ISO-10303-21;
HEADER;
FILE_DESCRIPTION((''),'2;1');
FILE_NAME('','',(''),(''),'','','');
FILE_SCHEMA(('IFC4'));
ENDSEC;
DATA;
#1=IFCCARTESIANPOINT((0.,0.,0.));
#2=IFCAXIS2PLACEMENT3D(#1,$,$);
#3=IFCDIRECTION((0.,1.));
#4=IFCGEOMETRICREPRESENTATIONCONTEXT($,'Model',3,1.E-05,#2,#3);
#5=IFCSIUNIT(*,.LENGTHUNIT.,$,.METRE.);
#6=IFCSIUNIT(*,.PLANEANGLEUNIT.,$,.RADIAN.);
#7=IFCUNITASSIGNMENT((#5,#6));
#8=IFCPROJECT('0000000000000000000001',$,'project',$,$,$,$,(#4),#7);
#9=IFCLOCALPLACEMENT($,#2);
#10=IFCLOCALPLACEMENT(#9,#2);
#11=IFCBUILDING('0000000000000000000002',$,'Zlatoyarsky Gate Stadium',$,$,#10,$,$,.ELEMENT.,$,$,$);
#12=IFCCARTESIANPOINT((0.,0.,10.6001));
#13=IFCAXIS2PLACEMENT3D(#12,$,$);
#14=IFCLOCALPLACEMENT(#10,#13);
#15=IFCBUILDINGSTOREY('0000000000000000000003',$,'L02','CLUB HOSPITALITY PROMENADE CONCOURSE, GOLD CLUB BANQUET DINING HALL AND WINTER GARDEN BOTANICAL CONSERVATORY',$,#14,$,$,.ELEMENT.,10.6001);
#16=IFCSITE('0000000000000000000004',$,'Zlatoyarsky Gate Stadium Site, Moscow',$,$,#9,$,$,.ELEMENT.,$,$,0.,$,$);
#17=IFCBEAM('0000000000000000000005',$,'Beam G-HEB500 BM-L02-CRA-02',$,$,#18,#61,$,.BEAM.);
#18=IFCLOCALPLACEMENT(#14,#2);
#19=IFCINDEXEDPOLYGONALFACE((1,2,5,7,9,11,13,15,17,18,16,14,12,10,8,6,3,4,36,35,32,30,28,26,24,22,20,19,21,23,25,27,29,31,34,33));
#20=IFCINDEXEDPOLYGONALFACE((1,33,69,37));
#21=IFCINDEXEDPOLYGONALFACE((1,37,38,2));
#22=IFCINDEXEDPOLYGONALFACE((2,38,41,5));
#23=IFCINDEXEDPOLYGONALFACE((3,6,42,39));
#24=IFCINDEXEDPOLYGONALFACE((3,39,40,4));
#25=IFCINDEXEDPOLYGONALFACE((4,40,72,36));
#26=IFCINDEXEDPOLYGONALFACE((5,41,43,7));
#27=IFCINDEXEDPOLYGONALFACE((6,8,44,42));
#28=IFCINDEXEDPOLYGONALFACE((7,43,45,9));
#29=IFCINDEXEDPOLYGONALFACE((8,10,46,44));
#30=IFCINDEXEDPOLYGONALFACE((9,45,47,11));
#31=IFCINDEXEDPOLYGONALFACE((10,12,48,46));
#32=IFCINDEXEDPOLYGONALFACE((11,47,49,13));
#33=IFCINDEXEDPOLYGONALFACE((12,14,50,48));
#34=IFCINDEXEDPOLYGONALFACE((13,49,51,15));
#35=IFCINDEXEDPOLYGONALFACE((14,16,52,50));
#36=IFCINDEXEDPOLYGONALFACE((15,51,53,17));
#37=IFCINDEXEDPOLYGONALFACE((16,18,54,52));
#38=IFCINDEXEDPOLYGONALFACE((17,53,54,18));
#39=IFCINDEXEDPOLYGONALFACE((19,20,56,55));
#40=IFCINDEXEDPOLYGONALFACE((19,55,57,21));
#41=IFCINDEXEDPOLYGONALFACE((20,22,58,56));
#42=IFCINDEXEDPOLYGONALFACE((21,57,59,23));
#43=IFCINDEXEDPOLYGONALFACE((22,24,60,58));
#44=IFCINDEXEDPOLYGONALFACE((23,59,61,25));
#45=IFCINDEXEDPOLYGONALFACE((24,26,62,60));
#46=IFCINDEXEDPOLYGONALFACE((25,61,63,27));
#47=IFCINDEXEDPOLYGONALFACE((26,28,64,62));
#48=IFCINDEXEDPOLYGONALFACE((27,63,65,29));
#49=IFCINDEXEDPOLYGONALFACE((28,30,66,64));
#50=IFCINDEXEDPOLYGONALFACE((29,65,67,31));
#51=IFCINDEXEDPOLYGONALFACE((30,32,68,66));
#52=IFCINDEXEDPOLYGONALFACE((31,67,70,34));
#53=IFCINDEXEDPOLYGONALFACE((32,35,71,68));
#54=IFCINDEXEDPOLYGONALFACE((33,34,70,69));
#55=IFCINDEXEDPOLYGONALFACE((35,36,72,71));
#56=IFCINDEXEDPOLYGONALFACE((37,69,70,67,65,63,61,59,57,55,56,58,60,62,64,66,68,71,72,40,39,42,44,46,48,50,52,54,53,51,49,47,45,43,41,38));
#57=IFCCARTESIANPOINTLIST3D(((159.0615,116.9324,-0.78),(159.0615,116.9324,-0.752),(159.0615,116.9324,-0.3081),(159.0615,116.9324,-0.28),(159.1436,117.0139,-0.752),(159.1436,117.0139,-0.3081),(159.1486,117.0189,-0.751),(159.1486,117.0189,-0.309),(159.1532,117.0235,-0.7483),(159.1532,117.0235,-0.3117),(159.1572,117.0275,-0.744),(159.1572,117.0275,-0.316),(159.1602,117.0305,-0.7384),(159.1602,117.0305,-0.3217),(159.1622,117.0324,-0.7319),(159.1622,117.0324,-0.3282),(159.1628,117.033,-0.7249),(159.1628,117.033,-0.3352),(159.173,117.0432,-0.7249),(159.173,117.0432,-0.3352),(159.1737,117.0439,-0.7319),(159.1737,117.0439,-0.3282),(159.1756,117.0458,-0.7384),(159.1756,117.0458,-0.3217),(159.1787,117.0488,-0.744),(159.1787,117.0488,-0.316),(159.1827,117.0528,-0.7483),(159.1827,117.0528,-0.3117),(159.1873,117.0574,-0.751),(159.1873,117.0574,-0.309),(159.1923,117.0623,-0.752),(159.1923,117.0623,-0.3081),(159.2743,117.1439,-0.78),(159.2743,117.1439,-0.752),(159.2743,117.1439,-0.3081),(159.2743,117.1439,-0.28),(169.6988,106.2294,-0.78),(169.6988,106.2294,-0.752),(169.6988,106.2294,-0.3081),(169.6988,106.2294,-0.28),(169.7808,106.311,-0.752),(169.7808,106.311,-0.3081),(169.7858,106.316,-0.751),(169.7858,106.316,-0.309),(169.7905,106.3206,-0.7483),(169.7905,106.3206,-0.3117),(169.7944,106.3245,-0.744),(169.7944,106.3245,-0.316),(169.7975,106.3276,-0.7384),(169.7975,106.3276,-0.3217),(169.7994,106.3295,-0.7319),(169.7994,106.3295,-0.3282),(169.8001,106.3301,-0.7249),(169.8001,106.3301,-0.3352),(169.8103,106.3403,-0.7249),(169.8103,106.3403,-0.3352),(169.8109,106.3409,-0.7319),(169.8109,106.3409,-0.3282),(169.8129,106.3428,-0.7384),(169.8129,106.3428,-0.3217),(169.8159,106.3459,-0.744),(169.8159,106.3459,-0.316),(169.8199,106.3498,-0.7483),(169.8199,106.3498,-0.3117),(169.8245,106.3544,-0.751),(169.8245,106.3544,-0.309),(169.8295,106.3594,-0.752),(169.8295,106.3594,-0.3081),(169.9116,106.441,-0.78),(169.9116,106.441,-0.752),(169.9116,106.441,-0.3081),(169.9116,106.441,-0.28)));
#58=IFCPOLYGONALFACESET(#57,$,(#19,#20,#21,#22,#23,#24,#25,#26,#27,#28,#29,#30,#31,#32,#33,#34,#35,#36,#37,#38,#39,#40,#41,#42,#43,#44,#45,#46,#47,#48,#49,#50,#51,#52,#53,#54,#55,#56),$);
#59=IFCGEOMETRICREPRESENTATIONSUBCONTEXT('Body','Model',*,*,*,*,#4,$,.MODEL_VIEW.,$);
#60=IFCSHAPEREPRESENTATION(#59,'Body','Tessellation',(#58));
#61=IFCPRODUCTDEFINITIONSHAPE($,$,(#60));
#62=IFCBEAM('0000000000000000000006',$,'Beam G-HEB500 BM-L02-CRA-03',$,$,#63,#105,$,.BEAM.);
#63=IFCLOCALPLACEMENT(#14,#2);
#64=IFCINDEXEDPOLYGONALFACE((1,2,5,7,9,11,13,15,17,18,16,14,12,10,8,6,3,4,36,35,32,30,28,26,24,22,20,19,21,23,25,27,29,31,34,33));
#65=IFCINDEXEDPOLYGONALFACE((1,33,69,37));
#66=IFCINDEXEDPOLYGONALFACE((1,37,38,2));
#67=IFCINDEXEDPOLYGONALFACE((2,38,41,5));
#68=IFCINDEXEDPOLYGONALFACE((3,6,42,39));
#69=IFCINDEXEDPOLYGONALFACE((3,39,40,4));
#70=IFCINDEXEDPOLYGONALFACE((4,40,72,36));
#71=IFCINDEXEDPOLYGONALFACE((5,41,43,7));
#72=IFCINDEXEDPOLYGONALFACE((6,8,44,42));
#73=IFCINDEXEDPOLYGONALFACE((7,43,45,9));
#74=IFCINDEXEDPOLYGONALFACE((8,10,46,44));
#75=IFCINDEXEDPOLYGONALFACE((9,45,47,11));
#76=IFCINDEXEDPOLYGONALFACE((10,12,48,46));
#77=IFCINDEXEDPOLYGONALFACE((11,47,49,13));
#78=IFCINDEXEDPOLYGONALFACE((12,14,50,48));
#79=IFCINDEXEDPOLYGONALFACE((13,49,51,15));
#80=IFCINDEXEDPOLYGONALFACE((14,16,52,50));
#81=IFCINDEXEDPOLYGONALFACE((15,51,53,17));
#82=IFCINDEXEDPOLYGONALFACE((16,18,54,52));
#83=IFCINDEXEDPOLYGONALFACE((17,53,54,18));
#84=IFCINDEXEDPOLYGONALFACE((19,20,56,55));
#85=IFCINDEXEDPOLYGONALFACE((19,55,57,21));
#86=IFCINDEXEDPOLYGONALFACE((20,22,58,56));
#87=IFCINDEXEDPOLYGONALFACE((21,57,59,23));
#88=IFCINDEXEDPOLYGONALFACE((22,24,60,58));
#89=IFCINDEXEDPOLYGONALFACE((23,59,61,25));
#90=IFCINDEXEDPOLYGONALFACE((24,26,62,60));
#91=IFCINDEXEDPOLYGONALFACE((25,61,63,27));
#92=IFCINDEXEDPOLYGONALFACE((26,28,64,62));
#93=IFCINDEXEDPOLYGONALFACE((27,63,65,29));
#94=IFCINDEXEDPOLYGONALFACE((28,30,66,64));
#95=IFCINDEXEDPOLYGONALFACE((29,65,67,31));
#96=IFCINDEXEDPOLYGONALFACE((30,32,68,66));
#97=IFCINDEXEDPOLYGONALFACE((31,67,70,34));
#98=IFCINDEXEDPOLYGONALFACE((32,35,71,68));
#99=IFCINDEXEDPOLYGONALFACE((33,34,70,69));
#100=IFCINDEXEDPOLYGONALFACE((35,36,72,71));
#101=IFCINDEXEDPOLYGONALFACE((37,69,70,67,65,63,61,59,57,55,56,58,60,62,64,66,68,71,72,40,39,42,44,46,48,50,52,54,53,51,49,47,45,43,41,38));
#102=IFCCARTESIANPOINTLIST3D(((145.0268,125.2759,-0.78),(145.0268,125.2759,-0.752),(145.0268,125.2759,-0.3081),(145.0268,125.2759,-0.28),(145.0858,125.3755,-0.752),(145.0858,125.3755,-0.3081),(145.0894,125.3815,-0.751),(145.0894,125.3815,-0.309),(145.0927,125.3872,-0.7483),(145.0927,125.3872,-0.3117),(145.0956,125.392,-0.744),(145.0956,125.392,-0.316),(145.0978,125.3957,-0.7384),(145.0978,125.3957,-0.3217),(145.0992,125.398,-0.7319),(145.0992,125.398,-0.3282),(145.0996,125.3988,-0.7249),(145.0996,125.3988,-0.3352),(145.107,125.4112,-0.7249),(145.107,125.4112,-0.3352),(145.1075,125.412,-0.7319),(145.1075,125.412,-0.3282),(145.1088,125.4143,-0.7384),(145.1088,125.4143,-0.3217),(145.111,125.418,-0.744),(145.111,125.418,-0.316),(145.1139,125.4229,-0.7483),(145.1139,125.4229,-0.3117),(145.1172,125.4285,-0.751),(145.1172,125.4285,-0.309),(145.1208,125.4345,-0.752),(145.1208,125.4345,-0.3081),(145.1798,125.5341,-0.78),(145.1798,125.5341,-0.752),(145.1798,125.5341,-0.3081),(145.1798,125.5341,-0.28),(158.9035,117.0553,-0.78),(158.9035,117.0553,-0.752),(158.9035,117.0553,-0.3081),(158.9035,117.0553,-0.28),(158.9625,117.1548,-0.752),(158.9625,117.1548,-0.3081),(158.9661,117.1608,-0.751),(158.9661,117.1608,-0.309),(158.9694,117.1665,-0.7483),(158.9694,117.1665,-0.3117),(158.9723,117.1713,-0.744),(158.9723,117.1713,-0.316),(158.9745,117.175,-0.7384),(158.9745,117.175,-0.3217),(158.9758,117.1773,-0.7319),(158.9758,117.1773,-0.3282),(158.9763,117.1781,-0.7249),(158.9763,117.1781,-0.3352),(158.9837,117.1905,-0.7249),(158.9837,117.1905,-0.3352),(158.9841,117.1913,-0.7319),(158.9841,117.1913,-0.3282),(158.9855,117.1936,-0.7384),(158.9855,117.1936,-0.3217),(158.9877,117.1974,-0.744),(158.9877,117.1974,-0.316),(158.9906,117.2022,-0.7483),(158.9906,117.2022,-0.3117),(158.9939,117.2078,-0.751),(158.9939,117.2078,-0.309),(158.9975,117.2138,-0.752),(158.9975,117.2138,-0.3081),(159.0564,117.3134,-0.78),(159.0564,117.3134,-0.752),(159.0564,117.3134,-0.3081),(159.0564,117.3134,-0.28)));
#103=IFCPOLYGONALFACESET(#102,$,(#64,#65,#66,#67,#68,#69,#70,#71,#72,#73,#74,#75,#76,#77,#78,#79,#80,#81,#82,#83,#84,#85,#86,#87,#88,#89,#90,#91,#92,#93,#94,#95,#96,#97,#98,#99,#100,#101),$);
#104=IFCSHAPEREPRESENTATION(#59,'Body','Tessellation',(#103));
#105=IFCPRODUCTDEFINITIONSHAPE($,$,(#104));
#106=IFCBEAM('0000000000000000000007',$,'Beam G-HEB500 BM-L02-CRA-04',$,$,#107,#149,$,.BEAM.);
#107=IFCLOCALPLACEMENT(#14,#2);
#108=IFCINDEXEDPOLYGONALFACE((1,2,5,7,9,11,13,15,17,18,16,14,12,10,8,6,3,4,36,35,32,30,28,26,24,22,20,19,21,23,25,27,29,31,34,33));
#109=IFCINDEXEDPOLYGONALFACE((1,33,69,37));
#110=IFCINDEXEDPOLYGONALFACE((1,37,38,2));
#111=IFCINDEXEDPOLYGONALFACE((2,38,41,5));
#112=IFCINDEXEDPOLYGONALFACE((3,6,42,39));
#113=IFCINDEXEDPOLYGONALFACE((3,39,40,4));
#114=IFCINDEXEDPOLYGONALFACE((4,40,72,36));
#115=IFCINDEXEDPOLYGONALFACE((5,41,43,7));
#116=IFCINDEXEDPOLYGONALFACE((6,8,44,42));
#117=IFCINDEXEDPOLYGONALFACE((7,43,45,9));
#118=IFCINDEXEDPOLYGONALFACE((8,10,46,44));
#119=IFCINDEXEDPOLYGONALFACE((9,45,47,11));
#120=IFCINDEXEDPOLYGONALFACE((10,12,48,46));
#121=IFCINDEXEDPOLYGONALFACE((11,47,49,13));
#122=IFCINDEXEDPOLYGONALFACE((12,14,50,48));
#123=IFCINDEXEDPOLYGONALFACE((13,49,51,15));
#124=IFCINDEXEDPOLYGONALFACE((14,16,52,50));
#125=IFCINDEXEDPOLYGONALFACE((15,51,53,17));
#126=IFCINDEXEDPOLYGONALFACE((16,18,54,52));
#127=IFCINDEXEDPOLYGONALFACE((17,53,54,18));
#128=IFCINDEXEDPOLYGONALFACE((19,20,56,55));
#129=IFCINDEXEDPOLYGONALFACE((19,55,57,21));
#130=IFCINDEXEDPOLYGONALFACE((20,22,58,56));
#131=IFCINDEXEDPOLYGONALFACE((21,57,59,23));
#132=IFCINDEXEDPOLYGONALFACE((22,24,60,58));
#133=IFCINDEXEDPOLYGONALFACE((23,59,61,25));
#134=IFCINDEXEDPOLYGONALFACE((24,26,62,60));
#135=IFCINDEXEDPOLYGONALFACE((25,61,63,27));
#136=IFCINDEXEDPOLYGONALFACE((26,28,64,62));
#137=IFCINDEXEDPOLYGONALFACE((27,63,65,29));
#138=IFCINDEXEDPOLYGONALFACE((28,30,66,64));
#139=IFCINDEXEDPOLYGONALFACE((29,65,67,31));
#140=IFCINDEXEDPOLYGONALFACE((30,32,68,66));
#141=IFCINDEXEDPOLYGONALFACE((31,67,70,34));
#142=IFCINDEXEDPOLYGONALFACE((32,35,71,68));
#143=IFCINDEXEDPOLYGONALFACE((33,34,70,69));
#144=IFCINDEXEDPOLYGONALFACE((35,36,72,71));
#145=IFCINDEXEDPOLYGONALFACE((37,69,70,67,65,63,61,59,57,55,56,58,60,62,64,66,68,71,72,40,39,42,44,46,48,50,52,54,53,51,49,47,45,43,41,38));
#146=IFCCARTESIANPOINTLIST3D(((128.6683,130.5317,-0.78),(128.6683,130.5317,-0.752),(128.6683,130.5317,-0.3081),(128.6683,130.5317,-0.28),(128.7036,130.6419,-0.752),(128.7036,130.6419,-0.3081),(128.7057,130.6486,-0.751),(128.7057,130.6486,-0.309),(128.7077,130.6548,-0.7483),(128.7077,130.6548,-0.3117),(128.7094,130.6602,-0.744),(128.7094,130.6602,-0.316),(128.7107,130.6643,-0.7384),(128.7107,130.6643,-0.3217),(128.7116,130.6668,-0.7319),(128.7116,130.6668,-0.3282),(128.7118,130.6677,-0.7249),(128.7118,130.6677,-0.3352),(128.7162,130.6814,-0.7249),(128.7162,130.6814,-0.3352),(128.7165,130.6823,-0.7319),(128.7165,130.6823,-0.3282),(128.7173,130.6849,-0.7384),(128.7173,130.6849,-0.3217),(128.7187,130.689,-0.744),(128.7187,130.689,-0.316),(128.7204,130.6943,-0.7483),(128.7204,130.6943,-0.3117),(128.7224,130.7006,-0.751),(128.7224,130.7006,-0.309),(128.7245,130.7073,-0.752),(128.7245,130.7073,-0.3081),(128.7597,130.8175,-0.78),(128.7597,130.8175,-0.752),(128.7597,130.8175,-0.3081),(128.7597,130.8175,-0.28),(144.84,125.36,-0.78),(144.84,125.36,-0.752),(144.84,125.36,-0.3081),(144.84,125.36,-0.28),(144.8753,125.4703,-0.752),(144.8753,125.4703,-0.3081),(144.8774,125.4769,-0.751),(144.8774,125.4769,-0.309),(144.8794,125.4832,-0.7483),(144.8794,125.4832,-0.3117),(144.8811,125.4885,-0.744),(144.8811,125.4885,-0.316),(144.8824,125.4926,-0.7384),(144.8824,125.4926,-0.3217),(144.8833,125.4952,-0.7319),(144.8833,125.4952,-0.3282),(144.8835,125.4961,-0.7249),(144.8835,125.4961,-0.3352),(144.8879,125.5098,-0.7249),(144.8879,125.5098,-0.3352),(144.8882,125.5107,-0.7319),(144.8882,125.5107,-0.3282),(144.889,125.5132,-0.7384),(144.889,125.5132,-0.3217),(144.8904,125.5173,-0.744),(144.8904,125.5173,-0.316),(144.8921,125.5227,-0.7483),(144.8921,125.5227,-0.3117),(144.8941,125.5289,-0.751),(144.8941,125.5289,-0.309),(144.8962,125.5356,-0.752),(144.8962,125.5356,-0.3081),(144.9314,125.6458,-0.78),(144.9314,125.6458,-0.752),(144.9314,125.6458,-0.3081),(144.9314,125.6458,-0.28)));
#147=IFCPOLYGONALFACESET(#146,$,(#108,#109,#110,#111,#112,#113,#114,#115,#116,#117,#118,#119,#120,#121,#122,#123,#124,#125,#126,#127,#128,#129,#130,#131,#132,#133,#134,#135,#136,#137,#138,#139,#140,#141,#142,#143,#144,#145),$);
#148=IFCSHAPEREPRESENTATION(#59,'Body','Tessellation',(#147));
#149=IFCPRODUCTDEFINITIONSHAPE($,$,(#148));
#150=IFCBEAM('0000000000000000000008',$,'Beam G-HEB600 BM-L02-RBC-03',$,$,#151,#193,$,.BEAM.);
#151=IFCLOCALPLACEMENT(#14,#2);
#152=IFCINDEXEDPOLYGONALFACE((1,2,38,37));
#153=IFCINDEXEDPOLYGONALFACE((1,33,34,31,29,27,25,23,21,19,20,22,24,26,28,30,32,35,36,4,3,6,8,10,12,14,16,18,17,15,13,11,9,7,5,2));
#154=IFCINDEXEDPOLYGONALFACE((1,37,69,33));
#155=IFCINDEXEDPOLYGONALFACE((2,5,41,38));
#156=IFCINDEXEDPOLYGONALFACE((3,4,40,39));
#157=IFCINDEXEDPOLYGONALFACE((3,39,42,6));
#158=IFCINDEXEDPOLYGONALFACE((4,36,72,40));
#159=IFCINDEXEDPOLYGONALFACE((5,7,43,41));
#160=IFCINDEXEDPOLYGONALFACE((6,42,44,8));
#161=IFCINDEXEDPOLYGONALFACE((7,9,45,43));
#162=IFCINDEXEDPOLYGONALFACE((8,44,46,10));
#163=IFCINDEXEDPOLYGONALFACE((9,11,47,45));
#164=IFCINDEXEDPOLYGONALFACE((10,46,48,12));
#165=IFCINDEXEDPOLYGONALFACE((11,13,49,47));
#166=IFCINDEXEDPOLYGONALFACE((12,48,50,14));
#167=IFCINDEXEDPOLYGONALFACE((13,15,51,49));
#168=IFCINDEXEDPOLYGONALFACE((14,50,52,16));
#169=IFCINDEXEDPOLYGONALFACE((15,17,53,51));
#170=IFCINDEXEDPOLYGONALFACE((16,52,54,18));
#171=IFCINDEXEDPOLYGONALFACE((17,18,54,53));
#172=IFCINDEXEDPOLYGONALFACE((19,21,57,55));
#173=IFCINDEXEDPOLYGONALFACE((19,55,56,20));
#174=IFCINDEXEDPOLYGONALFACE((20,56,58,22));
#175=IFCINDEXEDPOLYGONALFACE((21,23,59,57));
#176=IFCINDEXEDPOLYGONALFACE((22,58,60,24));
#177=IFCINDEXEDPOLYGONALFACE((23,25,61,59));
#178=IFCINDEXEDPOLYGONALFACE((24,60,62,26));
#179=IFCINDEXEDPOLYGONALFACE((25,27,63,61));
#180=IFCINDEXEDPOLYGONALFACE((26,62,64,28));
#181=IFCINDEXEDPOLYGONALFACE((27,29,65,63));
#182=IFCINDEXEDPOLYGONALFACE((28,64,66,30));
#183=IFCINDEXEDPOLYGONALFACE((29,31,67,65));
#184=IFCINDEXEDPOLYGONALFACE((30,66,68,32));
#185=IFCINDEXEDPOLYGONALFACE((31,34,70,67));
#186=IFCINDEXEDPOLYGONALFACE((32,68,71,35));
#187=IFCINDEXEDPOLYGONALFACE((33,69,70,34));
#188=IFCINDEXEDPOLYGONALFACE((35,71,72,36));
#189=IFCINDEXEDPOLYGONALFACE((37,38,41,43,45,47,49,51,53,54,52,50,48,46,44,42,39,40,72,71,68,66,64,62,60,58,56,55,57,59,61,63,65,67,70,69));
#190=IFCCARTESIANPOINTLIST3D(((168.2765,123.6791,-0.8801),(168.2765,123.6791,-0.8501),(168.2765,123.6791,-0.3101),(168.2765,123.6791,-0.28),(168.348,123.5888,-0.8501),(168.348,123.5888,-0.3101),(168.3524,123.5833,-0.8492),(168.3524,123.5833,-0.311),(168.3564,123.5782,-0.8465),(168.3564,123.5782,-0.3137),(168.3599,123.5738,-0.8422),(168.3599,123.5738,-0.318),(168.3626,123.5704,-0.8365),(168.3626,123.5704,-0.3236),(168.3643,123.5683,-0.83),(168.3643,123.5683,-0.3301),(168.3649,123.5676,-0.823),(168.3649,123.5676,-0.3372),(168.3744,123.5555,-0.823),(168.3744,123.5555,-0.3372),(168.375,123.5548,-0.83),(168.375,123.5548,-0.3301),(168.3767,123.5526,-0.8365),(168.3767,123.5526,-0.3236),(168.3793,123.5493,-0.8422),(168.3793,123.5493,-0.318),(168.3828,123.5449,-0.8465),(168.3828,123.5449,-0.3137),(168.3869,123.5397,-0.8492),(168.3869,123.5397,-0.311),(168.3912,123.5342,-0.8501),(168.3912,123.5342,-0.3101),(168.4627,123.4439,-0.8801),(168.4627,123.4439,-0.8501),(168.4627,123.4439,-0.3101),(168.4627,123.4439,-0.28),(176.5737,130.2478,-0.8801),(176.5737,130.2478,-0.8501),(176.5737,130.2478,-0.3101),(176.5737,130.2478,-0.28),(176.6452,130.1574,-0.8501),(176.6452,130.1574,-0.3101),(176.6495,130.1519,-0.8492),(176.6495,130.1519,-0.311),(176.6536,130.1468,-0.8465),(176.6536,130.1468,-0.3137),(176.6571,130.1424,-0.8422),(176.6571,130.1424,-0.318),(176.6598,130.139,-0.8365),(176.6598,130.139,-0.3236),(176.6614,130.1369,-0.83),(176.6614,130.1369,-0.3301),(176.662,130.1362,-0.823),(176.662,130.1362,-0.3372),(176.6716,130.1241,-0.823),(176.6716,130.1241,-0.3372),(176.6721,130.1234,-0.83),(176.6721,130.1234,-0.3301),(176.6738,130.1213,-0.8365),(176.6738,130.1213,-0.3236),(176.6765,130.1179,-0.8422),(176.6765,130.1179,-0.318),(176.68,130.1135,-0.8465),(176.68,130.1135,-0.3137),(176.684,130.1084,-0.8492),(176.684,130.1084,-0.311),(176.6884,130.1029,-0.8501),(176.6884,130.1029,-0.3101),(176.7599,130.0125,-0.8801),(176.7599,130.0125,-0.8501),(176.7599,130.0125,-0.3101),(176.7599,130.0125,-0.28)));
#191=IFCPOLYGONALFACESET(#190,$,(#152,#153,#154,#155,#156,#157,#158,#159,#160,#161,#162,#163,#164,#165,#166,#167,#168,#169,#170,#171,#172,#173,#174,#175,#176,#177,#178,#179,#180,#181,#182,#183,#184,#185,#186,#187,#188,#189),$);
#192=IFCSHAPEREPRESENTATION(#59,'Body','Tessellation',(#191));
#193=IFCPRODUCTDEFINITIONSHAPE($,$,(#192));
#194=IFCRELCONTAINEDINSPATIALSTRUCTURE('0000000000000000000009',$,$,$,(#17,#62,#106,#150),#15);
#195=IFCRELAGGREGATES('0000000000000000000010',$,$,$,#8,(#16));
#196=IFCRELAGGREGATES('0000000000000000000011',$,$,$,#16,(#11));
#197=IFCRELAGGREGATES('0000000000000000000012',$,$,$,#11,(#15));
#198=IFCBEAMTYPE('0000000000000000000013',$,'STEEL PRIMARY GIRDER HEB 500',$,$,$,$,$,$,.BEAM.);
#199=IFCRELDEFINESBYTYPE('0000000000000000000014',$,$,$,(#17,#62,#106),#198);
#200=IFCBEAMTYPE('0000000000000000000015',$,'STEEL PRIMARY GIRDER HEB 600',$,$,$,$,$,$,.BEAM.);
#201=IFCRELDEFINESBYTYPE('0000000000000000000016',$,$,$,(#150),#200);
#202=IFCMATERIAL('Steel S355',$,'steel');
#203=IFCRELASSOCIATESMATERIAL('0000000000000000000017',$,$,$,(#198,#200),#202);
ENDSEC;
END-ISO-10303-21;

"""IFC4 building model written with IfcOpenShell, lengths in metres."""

from ifc_helpers import new_model, si_unit, direction, frame, origin, origin_2d, place, context, subcontext, project, spatial, i_section, extrude, material, material_profile, profile_set, type_object, element, save


model = new_model("IFC4")

# Units and contexts
model_context = context("Model", 3, precision=1e-05, world=origin(), true_north=direction((0.0, 1.0)))
body_context = subcontext(model_context, "Body", "Model", "MODEL_VIEW")
ifc_project = project(units=[si_unit("LENGTHUNIT", "METRE"), si_unit("PLANEANGLEUNIT", "RADIAN")], contexts=[model_context])

# Site, building, storey
site_placement = place(None, origin())
site = spatial("IfcSite", under=ifc_project, at=site_placement, Name="Zlatoyarsky Gate Stadium Site, Moscow", CompositionType="ELEMENT", RefElevation=0.0)
building_placement = place(site_placement, origin())
building = spatial("IfcBuilding", under=site, at=building_placement, Name="Zlatoyarsky Gate Stadium", CompositionType="ELEMENT")
storey_placement = place(building_placement, frame((0.0, 0.0, 10.6001)))
storey = spatial("IfcBuildingStorey", under=building, at=storey_placement, Name="L02", Description="CLUB HOSPITALITY PROMENADE CONCOURSE, GOLD CLUB BANQUET DINING HALL AND WINTER GARDEN BOTANICAL CONSERVATORY", CompositionType="ELEMENT", Elevation=10.6001)

# Shared definitions
ifc_material_1 = material(Name="Steel S355", Category="steel")

# Beams
ifc_material_profile_1 = material_profile(ifc_material_1, i_section(OverallWidth=0.3, OverallDepth=0.5, WebThickness=0.0144, FlangeThickness=0.0281, FilletRadius=0.0271, at=origin_2d()), Name="HEB 500")
ifc_profile_set_1 = profile_set([ifc_material_profile_1], Name="Steel S355")
beam_type_1 = type_object("IfcBeamType", Name="STEEL PRIMARY GIRDER HEB 500", PredefinedType="BEAM", material=ifc_profile_set_1)
beam_1_placement = place(storey_placement, frame((169.8052, 106.3352, -0.53), z_axis=(-0.704927, 0.70928, 0.0), x_axis=(-0.70928, -0.704927, 0.0)))
element("IfcBeam", 1, at=beam_1_placement, inside=storey, type_object=beam_type_1, Name="Beam G-HEB500 BM-L02-CRA-02", PredefinedType="BEAM", context=body_context, shape_type="SweptSolid", body=[
    extrude(i_section(OverallWidth=0.3, OverallDepth=0.5, WebThickness=0.0144, FlangeThickness=0.0281, FilletRadius=0.0271, at=origin_2d()), origin(), (0.0, 0.0, 1.0), 15.0898),
])
beam_2_placement = place(storey_placement, frame((158.98, 117.1843, -0.53), z_axis=(-0.86036, 0.509686, 0.0), x_axis=(-0.509686, -0.86036, 0.0)))
element("IfcBeam", 2, at=beam_2_placement, inside=storey, type_object=beam_type_1, Name="Beam G-HEB500 BM-L02-CRA-03", PredefinedType="BEAM", context=body_context, shape_type="SweptSolid", body=[
    extrude(i_section(OverallWidth=0.3, OverallDepth=0.5, WebThickness=0.0144, FlangeThickness=0.0281, FilletRadius=0.0271, at=origin_2d()), origin(), (0.0, 0.0, 1.0), 16.1289),
])
beam_3_placement = place(storey_placement, frame((144.8857, 125.5029, -0.53), z_axis=(-0.95248, 0.3046, 0.0), x_axis=(-0.3046, -0.95248, 0.0)))
element("IfcBeam", 3, at=beam_3_placement, inside=storey, type_object=beam_type_1, Name="Beam G-HEB500 BM-L02-CRA-04", PredefinedType="BEAM", context=body_context, shape_type="SweptSolid", body=[
    extrude(i_section(OverallWidth=0.3, OverallDepth=0.5, WebThickness=0.0144, FlangeThickness=0.0281, FilletRadius=0.0271, at=origin_2d()), origin(), (0.0, 0.0, 1.0), 16.9785),
])
ifc_material_profile_2 = material_profile(ifc_material_1, i_section(OverallWidth=0.3, OverallDepth=0.6001, WebThickness=0.0154, FlangeThickness=0.03, FilletRadius=0.0271, at=origin_2d()), Name="HEB 600")
ifc_profile_set_2 = profile_set([ifc_material_profile_2], Name="Steel S355")
beam_type_2 = type_object("IfcBeamType", Name="STEEL PRIMARY GIRDER HEB 600", PredefinedType="BEAM", material=ifc_profile_set_2)
beam_4_placement = place(storey_placement, frame((168.3696, 123.5615, -0.5801), z_axis=(0.784043, 0.620706, 0.0), x_axis=(-0.620706, 0.784043, 0.0)))
element("IfcBeam", 4, at=beam_4_placement, inside=storey, type_object=beam_type_2, Name="Beam G-HEB600 BM-L02-RBC-03", PredefinedType="BEAM", context=body_context, shape_type="SweptSolid", body=[
    extrude(i_section(OverallWidth=0.3, OverallDepth=0.6001, WebThickness=0.0154, FlangeThickness=0.03, FilletRadius=0.0271, at=origin_2d()), origin(), (0.0, 0.0, 1.0), 10.5825),
])

save(model, "model.ifc")
